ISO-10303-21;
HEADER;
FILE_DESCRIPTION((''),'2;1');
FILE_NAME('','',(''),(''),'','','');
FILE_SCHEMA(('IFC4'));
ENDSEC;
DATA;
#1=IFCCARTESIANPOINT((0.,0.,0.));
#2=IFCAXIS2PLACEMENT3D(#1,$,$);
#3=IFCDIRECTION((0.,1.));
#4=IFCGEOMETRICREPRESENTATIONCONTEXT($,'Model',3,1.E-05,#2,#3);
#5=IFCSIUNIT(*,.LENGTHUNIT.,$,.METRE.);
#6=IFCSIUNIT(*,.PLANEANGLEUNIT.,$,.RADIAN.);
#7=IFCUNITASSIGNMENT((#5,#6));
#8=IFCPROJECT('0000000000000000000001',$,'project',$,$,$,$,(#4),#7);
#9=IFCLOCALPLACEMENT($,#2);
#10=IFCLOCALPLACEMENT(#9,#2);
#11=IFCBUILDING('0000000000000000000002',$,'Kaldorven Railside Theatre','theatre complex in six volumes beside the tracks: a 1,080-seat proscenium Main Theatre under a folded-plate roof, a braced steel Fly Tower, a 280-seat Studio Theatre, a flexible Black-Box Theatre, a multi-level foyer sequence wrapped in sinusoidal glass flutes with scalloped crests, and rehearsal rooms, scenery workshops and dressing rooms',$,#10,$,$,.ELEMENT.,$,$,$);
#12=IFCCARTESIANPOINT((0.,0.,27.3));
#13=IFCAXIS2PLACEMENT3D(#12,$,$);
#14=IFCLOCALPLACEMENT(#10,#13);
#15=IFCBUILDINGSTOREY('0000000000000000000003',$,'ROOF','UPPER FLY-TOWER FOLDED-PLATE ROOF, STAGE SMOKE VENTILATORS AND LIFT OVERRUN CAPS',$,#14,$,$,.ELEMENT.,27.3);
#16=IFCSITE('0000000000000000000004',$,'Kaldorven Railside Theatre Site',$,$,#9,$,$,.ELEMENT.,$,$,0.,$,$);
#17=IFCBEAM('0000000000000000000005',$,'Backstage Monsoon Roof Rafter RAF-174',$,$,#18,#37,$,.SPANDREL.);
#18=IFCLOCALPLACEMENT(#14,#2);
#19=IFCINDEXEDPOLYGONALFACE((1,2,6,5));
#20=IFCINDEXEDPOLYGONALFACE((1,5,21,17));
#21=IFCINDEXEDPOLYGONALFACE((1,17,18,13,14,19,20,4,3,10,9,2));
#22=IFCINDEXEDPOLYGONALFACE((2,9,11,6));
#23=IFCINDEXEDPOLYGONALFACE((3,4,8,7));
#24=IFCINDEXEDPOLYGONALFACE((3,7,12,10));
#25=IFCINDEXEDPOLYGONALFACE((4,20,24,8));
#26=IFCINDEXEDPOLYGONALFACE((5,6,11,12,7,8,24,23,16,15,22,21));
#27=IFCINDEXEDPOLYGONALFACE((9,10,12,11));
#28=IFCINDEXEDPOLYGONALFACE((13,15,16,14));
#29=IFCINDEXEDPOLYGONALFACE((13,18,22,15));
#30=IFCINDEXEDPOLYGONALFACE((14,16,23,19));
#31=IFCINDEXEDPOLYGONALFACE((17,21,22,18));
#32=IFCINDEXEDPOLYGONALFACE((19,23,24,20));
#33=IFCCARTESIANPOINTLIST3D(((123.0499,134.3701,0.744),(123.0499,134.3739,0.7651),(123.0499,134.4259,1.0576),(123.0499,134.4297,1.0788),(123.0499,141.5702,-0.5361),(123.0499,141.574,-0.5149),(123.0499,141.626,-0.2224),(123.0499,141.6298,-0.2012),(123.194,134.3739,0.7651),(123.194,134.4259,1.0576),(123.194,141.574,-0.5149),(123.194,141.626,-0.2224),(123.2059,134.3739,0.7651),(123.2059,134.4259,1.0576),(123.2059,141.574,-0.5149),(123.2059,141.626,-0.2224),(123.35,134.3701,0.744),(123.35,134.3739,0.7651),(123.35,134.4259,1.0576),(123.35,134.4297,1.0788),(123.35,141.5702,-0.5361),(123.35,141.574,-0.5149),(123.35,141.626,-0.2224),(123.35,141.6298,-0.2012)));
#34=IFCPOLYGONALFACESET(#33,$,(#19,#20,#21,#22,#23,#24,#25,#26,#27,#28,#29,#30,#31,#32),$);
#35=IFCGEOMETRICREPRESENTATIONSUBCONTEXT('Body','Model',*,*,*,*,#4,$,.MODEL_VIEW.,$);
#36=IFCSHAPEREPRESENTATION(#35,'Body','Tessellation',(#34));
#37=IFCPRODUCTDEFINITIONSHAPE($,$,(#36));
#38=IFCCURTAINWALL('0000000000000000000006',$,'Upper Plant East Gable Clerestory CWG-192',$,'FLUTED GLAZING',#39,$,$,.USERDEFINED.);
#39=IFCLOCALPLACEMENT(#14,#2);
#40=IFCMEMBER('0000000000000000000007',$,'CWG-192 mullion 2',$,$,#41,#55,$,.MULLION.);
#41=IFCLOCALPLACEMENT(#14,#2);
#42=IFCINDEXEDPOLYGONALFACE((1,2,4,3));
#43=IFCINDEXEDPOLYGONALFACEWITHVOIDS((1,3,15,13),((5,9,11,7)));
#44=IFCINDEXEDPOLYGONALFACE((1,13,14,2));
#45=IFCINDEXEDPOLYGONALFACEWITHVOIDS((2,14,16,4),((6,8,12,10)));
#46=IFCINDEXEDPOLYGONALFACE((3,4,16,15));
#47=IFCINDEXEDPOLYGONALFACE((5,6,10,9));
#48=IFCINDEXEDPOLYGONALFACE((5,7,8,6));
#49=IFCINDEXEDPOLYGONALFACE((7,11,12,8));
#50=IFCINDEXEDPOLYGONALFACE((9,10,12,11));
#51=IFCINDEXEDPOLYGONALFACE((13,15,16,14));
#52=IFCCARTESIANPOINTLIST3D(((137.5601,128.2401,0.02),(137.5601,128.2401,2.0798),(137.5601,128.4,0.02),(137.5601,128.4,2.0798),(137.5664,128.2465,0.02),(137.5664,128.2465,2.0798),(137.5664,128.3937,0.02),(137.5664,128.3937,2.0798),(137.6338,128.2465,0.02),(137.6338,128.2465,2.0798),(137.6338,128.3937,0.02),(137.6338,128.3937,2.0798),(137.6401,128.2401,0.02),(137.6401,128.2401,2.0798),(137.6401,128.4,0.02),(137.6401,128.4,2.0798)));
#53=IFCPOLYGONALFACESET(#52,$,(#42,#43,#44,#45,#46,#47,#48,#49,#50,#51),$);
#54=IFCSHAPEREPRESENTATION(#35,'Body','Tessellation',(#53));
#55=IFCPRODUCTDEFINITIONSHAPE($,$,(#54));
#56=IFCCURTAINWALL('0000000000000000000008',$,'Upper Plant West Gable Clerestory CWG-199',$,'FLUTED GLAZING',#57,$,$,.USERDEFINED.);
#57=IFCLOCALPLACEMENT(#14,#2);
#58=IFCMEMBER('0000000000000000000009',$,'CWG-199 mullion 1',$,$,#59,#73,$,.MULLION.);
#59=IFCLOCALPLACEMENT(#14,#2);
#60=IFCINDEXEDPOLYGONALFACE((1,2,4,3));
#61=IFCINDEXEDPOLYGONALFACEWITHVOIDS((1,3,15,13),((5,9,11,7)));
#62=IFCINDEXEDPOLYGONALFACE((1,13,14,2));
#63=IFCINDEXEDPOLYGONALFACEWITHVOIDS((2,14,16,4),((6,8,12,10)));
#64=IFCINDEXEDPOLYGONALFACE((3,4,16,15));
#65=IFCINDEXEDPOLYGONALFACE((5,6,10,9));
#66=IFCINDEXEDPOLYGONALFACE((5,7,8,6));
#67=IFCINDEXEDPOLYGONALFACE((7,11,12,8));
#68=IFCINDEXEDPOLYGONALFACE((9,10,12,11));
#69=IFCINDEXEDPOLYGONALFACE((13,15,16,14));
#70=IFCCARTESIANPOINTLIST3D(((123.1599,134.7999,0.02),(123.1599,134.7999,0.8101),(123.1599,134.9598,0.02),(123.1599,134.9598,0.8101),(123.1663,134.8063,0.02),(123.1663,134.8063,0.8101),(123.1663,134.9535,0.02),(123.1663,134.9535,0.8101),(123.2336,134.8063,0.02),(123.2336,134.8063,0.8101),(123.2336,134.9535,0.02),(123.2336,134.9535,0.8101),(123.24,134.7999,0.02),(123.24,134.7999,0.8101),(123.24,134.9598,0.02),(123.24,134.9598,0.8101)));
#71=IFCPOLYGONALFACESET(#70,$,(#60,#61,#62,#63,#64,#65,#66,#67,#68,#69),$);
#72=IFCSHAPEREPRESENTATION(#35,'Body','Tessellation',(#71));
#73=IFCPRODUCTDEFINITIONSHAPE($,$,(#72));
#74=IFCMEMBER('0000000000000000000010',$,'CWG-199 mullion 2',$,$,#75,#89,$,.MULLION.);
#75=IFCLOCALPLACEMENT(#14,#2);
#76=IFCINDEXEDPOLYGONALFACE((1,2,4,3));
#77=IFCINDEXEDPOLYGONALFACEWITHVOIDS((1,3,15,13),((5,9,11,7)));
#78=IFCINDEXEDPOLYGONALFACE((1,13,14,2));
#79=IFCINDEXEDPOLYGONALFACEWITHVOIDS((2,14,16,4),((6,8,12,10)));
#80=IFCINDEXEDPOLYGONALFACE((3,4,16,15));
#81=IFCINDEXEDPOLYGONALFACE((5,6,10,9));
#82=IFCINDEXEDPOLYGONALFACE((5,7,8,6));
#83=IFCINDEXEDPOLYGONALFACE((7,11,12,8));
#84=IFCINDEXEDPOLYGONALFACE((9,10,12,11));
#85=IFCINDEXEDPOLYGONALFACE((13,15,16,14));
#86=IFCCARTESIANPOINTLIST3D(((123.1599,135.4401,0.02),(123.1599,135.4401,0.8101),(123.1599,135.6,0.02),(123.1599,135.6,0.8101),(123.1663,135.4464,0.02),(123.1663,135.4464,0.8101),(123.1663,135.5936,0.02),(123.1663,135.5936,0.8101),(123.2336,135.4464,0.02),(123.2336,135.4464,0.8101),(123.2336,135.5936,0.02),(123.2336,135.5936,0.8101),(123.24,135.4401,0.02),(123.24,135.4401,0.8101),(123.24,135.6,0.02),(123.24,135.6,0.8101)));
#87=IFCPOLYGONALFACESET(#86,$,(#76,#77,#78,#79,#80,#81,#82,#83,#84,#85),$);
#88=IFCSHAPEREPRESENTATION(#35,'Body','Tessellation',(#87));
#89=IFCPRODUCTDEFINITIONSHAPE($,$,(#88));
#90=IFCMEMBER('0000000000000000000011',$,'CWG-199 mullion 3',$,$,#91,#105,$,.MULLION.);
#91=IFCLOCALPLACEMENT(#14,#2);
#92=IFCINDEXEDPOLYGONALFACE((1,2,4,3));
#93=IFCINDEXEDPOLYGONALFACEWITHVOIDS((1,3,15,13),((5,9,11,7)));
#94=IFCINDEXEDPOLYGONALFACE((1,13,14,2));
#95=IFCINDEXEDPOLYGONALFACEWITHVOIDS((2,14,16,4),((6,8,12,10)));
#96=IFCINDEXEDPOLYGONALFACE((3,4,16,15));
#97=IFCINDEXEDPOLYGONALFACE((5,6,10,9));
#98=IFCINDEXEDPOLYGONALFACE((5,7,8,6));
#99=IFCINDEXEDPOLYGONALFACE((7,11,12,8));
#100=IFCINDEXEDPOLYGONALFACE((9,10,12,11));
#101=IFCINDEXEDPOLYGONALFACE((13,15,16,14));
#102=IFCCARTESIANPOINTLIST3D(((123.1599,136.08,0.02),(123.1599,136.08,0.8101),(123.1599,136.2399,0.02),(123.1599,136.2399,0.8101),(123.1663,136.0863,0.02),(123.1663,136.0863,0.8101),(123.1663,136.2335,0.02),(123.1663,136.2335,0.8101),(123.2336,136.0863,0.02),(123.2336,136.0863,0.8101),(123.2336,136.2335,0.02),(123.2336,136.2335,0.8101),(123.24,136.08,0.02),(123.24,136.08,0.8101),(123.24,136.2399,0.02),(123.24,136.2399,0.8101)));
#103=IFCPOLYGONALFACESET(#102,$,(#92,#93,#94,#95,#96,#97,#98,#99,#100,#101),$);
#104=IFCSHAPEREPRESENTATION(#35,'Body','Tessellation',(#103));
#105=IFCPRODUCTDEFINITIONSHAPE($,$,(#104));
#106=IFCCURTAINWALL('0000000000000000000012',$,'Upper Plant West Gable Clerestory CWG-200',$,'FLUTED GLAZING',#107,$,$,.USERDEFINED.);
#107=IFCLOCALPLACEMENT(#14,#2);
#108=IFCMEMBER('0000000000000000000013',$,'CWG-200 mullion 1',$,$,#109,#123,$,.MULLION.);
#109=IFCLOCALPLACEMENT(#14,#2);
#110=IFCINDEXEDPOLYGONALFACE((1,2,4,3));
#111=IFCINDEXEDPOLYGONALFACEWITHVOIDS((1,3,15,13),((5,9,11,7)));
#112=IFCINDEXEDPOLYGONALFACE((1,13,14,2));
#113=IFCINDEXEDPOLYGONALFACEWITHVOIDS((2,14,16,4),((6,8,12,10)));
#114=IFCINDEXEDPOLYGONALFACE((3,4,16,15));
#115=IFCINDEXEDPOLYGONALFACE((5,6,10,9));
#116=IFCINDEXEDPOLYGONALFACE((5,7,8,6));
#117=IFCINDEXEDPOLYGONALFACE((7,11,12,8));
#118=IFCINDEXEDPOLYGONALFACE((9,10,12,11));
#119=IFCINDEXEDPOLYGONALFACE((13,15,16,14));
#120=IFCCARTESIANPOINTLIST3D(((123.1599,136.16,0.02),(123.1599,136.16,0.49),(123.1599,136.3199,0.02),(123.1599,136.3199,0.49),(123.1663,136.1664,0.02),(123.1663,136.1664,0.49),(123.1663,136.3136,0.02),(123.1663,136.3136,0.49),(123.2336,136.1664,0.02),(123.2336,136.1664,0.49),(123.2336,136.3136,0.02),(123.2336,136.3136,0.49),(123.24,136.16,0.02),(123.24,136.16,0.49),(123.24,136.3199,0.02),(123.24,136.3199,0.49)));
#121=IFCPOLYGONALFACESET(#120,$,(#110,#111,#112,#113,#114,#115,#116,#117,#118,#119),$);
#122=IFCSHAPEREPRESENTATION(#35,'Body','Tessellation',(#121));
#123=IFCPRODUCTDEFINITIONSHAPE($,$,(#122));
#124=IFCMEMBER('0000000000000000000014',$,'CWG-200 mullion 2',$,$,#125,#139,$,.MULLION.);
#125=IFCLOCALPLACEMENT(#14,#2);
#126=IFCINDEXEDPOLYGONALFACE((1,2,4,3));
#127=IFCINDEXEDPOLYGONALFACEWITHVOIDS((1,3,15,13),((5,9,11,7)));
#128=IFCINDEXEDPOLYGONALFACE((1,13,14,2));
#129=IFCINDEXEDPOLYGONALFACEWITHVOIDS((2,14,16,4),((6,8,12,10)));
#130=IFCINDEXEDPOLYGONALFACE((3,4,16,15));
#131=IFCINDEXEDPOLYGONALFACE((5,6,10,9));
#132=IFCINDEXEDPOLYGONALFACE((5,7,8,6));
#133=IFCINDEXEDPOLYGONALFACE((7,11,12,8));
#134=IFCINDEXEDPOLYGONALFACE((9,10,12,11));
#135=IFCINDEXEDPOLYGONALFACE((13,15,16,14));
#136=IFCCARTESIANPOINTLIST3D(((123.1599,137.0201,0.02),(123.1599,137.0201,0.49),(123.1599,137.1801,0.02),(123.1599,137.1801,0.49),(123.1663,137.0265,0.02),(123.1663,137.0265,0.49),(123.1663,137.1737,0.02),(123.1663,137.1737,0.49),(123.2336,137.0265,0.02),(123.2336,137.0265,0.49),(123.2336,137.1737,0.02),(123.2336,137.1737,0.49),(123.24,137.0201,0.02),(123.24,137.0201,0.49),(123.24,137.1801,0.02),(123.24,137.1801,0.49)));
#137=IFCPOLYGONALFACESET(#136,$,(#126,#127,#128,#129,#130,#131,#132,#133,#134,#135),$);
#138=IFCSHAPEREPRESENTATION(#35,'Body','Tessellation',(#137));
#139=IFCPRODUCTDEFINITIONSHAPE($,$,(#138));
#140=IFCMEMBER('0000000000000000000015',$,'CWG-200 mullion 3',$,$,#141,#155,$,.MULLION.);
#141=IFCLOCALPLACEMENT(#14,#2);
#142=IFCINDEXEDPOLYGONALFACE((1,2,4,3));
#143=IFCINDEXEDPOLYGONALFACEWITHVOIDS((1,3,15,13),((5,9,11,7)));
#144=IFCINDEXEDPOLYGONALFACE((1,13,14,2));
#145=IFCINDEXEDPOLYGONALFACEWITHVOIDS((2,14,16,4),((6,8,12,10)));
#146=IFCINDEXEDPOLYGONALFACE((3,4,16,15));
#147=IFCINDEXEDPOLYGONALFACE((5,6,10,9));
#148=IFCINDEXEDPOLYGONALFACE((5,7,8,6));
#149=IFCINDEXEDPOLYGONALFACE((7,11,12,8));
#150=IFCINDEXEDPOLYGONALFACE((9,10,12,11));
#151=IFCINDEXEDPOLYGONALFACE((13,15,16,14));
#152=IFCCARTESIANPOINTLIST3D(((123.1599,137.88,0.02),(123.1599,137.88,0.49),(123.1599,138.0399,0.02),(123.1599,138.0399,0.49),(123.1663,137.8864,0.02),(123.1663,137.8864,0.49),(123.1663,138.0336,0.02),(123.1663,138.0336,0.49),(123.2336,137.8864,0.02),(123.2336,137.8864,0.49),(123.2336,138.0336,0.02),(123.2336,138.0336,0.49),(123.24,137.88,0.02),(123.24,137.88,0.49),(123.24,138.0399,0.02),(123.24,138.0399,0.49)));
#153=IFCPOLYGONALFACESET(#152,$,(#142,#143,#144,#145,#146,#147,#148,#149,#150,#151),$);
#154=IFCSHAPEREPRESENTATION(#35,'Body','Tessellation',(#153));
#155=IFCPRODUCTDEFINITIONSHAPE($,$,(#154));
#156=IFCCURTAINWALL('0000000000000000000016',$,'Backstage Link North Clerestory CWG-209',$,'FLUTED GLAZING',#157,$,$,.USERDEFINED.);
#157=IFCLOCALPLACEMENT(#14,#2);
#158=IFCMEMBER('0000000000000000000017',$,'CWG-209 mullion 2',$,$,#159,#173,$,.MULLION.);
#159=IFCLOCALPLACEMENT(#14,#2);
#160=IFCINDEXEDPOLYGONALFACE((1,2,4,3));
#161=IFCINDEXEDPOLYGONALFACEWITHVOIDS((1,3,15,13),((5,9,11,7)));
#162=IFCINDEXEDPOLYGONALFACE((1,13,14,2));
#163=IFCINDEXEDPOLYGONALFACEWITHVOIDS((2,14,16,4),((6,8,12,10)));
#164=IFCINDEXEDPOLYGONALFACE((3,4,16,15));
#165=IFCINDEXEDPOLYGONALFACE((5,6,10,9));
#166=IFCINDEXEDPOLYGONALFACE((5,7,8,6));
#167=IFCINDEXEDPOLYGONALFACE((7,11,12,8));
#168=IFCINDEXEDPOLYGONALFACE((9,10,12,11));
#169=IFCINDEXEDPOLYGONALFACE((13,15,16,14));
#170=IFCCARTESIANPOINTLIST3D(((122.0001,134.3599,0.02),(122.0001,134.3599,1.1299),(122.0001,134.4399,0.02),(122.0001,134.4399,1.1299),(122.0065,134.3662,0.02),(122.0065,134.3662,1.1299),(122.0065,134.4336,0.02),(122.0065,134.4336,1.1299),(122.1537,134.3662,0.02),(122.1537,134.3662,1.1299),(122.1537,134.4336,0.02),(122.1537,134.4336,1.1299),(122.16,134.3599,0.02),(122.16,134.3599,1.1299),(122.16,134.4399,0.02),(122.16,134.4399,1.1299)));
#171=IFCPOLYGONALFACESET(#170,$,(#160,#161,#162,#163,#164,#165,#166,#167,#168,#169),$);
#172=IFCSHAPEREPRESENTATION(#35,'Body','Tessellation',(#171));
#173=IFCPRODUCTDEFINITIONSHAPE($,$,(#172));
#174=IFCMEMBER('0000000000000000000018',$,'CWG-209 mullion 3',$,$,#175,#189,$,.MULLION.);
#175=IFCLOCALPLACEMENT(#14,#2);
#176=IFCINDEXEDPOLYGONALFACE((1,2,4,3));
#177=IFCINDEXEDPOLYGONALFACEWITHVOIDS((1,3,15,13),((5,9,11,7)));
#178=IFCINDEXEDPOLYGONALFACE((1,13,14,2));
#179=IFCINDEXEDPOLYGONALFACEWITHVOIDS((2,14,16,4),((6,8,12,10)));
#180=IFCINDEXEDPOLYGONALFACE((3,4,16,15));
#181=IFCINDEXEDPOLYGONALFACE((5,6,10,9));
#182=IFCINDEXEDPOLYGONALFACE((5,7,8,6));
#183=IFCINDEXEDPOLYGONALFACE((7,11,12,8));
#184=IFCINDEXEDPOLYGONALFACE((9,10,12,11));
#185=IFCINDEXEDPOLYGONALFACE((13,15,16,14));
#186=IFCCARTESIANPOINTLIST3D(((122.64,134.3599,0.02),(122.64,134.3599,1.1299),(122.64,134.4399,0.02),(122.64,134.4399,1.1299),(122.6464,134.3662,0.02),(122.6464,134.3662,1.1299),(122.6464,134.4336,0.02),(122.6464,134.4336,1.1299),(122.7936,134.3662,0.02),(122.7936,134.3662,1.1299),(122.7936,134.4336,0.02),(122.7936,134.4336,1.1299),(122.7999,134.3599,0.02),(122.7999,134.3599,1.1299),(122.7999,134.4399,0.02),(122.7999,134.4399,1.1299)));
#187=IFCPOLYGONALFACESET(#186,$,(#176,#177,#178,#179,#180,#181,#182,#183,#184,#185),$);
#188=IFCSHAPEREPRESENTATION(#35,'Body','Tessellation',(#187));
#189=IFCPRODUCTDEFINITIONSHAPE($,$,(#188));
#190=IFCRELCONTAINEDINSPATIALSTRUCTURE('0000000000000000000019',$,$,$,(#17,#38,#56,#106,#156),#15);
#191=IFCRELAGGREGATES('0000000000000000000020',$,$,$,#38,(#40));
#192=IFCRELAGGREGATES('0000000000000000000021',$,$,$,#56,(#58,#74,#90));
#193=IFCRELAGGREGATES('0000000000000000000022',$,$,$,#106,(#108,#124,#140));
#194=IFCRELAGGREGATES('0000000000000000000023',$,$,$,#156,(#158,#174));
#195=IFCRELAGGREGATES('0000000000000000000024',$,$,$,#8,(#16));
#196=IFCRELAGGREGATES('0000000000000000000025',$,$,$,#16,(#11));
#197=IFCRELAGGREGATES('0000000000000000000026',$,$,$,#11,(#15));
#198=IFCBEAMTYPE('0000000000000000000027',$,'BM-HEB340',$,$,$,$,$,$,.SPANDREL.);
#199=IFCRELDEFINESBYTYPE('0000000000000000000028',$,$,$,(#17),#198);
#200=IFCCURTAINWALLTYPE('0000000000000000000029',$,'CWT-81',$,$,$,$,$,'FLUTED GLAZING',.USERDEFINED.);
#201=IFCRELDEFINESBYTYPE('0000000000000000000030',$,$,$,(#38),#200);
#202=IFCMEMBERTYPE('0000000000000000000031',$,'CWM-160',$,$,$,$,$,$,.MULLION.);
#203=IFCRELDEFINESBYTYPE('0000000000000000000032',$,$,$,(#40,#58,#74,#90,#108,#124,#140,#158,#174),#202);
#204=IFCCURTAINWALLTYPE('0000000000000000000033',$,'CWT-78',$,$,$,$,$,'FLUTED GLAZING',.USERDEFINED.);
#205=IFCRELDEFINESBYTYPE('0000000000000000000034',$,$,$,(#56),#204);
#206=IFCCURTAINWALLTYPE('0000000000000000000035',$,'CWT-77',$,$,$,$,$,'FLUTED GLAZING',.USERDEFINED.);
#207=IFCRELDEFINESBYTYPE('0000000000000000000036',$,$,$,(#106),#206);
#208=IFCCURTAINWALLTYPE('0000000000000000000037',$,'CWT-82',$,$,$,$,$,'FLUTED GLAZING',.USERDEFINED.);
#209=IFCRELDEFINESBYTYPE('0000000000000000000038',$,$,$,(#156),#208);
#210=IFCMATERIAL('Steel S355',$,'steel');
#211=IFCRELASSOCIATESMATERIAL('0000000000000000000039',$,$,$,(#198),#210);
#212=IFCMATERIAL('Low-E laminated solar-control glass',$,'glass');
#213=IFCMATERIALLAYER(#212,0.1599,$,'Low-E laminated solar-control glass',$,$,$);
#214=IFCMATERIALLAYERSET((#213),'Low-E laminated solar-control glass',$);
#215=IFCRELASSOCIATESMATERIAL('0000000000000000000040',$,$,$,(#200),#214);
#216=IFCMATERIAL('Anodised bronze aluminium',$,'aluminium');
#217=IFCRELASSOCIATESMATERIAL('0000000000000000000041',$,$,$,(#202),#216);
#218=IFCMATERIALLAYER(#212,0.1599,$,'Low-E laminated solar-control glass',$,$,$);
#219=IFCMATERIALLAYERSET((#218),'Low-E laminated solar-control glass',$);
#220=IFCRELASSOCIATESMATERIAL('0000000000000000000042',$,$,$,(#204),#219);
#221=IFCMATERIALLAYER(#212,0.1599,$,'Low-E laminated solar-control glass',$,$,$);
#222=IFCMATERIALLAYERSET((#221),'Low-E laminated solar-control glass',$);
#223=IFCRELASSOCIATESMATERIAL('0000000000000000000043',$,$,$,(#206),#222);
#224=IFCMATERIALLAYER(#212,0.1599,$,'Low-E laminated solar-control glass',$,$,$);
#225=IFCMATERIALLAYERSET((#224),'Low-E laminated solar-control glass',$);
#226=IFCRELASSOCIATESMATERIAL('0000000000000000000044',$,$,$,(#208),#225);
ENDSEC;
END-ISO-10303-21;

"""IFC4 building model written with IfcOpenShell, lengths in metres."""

from ifc_helpers import new_model, si_unit, direction, frame, origin, origin_2d, place, context, subcontext, project, spatial, hollow_rectangle, i_section, extrude, material, layer, layer_set, material_profile, profile_set, type_object, element, aggregate, save


model = new_model("IFC4")

# Units and contexts
model_context = context("Model", 3, precision=1e-05, world=origin(), true_north=direction((0.0, 1.0)))
body_context = subcontext(model_context, "Body", "Model", "MODEL_VIEW")
ifc_project = project(units=[si_unit("LENGTHUNIT", "METRE"), si_unit("PLANEANGLEUNIT", "RADIAN")], contexts=[model_context])

# Site, building, storey
site_placement = place(None, origin())
site = spatial("IfcSite", under=ifc_project, at=site_placement, Name="Kaldorven Railside Theatre Site", CompositionType="ELEMENT", RefElevation=0.0)
building_placement = place(site_placement, origin())
building = spatial("IfcBuilding", under=site, at=building_placement, Name="Kaldorven Railside Theatre", Description="theatre complex in six volumes beside the tracks: a 1,080-seat proscenium Main Theatre under a folded-plate roof, a braced steel Fly Tower, a 280-seat Studio Theatre, a flexible Black-Box Theatre, a multi-level foyer sequence wrapped in sinusoidal glass flutes with scalloped crests, and rehearsal rooms, scenery workshops and dressing rooms", CompositionType="ELEMENT")
storey_placement = place(building_placement, frame((0.0, 0.0, 27.3)))
storey = spatial("IfcBuildingStorey", under=building, at=storey_placement, Name="ROOF", Description="UPPER FLY-TOWER FOLDED-PLATE ROOF, STAGE SMOKE VENTILATORS AND LIFT OVERRUN CAPS", CompositionType="ELEMENT", Elevation=27.3)

# Beam
ifc_material_1 = material(Name="Steel S355", Category="steel")
ifc_material_profile_1 = material_profile(ifc_material_1, i_section(OverallWidth=0.3, OverallDepth=0.3401, WebThickness=0.012, FlangeThickness=0.0215, at=origin_2d()), Name="HEB 340")
ifc_profile_set_1 = profile_set([ifc_material_profile_1], Name="Steel S355")
beam_type = type_object("IfcBeamType", Name="BM-HEB340", PredefinedType="SPANDREL", material=ifc_profile_set_1)
beam_placement = place(storey_placement, frame((123.2, 134.3999, 0.9114), z_axis=(0.0, 0.984563, -0.175033), x_axis=(-1.0, 0.0, 0.0)))
element("IfcBeam", 1, at=beam_placement, inside=storey, type_object=beam_type, Name="Backstage Monsoon Roof Rafter RAF-174", PredefinedType="SPANDREL", context=body_context, shape_type="SweptSolid", body=[
    extrude(i_section(OverallWidth=0.3, OverallDepth=0.3401, WebThickness=0.012, FlangeThickness=0.0215, at=origin_2d()), origin(), (0.0, 0.0, 1.0), 7.313),
])

# Curtain wall, member
ifc_material_2 = material(Name="Low-E laminated solar-control glass", Category="glass")
ifc_layer_1 = layer(ifc_material_2, 0.1599, Name="Low-E laminated solar-control glass")
ifc_layer_set_1 = layer_set([ifc_layer_1], Name="Low-E laminated solar-control glass")
curtain_wall_type_1 = type_object("IfcCurtainWallType", Name="CWT-81", ElementType="FLUTED GLAZING", PredefinedType="USERDEFINED", material=ifc_layer_set_1)
curtain_wall_1_placement = place(storey_placement, origin())
curtain_wall_1 = element("IfcCurtainWall", 2, at=curtain_wall_1_placement, inside=storey, type_object=curtain_wall_type_1, Name="Upper Plant East Gable Clerestory CWG-192", ObjectType="FLUTED GLAZING", PredefinedType="USERDEFINED")
ifc_material_3 = material(Name="Anodised bronze aluminium", Category="aluminium")
ifc_material_profile_2 = material_profile(ifc_material_3, hollow_rectangle(XDim=0.0801, YDim=0.1599, WallThickness=0.0063, at=origin_2d()), Name="RHS 160x80x6.3")
ifc_profile_set_2 = profile_set([ifc_material_profile_2], Name="Anodised bronze aluminium")
member_type_1 = type_object("IfcMemberType", Name="CWM-160", PredefinedType="MULLION", material=ifc_profile_set_2)
member_1_placement = place(storey_placement, frame((137.6001, 128.3201, 0.02), z_axis=(0.0, 0.0, 1.0), x_axis=(-1.0, 0.0, 0.0)))
member_1 = element("IfcMember", 3, at=member_1_placement, type_object=member_type_1, Name="CWG-192 mullion 2", PredefinedType="MULLION", context=body_context, shape_type="SweptSolid", body=[
    extrude(hollow_rectangle(XDim=0.0801, YDim=0.1599, WallThickness=0.0063, at=origin_2d()), origin(), (0.0, 0.0, 1.0), 2.0598),
])

# Curtain walls, members
ifc_layer_2 = layer(ifc_material_2, 0.1599, Name="Low-E laminated solar-control glass")
ifc_layer_set_2 = layer_set([ifc_layer_2], Name="Low-E laminated solar-control glass")
curtain_wall_type_2 = type_object("IfcCurtainWallType", Name="CWT-78", ElementType="FLUTED GLAZING", PredefinedType="USERDEFINED", material=ifc_layer_set_2)
curtain_wall_2_placement = place(storey_placement, origin())
curtain_wall_2 = element("IfcCurtainWall", 4, at=curtain_wall_2_placement, inside=storey, type_object=curtain_wall_type_2, Name="Upper Plant West Gable Clerestory CWG-199", ObjectType="FLUTED GLAZING", PredefinedType="USERDEFINED")
member_2_placement = place(storey_placement, frame((123.2, 134.8799, 0.02), z_axis=(0.0, 0.0, 1.0), x_axis=(-1.0, 0.0, 0.0)))
member_2 = element("IfcMember", 5, at=member_2_placement, type_object=member_type_1, Name="CWG-199 mullion 1", PredefinedType="MULLION", context=body_context, shape_type="SweptSolid", body=[
    extrude(hollow_rectangle(XDim=0.0801, YDim=0.1599, WallThickness=0.0063, at=origin_2d()), origin(), (0.0, 0.0, 1.0), 0.79),
])
member_3_placement = place(storey_placement, frame((123.2, 135.52, 0.02), z_axis=(0.0, 0.0, 1.0), x_axis=(-1.0, 0.0, 0.0)))
member_3 = element("IfcMember", 6, at=member_3_placement, type_object=member_type_1, Name="CWG-199 mullion 2", PredefinedType="MULLION", context=body_context, shape_type="SweptSolid", body=[
    extrude(hollow_rectangle(XDim=0.0801, YDim=0.1599, WallThickness=0.0063, at=origin_2d()), origin(), (0.0, 0.0, 1.0), 0.79),
])
member_4_placement = place(storey_placement, frame((123.2, 136.1599, 0.02), z_axis=(0.0, 0.0, 1.0), x_axis=(-1.0, 0.0, 0.0)))
member_4 = element("IfcMember", 7, at=member_4_placement, type_object=member_type_1, Name="CWG-199 mullion 3", PredefinedType="MULLION", context=body_context, shape_type="SweptSolid", body=[
    extrude(hollow_rectangle(XDim=0.0801, YDim=0.1599, WallThickness=0.0063, at=origin_2d()), origin(), (0.0, 0.0, 1.0), 0.79),
])
ifc_layer_3 = layer(ifc_material_2, 0.1599, Name="Low-E laminated solar-control glass")
ifc_layer_set_3 = layer_set([ifc_layer_3], Name="Low-E laminated solar-control glass")
curtain_wall_type_3 = type_object("IfcCurtainWallType", Name="CWT-77", ElementType="FLUTED GLAZING", PredefinedType="USERDEFINED", material=ifc_layer_set_3)
curtain_wall_3_placement = place(storey_placement, origin())
curtain_wall_3 = element("IfcCurtainWall", 8, at=curtain_wall_3_placement, inside=storey, type_object=curtain_wall_type_3, Name="Upper Plant West Gable Clerestory CWG-200", ObjectType="FLUTED GLAZING", PredefinedType="USERDEFINED")
member_5_placement = place(storey_placement, frame((123.2, 136.24, 0.02), z_axis=(0.0, 0.0, 1.0), x_axis=(-1.0, 0.0, 0.0)))
member_5 = element("IfcMember", 9, at=member_5_placement, type_object=member_type_1, Name="CWG-200 mullion 1", PredefinedType="MULLION", context=body_context, shape_type="SweptSolid", body=[
    extrude(hollow_rectangle(XDim=0.0801, YDim=0.1599, WallThickness=0.0063, at=origin_2d()), origin(), (0.0, 0.0, 1.0), 0.47),
])
member_6_placement = place(storey_placement, frame((123.2, 137.1001, 0.02), z_axis=(0.0, 0.0, 1.0), x_axis=(-1.0, 0.0, 0.0)))
member_6 = element("IfcMember", 10, at=member_6_placement, type_object=member_type_1, Name="CWG-200 mullion 2", PredefinedType="MULLION", context=body_context, shape_type="SweptSolid", body=[
    extrude(hollow_rectangle(XDim=0.0801, YDim=0.1599, WallThickness=0.0063, at=origin_2d()), origin(), (0.0, 0.0, 1.0), 0.47),
])
member_7_placement = place(storey_placement, frame((123.2, 137.96, 0.02), z_axis=(0.0, 0.0, 1.0), x_axis=(-1.0, 0.0, 0.0)))
member_7 = element("IfcMember", 11, at=member_7_placement, type_object=member_type_1, Name="CWG-200 mullion 3", PredefinedType="MULLION", context=body_context, shape_type="SweptSolid", body=[
    extrude(hollow_rectangle(XDim=0.0801, YDim=0.1599, WallThickness=0.0063, at=origin_2d()), origin(), (0.0, 0.0, 1.0), 0.47),
])
ifc_layer_4 = layer(ifc_material_2, 0.1599, Name="Low-E laminated solar-control glass")
ifc_layer_set_4 = layer_set([ifc_layer_4], Name="Low-E laminated solar-control glass")
curtain_wall_type_4 = type_object("IfcCurtainWallType", Name="CWT-82", ElementType="FLUTED GLAZING", PredefinedType="USERDEFINED", material=ifc_layer_set_4)
curtain_wall_4_placement = place(storey_placement, origin())
curtain_wall_4 = element("IfcCurtainWall", 12, at=curtain_wall_4_placement, inside=storey, type_object=curtain_wall_type_4, Name="Backstage Link North Clerestory CWG-209", ObjectType="FLUTED GLAZING", PredefinedType="USERDEFINED")
member_8_placement = place(storey_placement, frame((122.0801, 134.3999, 0.02), z_axis=(0.0, 0.0, 1.0), x_axis=(0.0, 1.0, 0.0)))
member_8 = element("IfcMember", 13, at=member_8_placement, type_object=member_type_1, Name="CWG-209 mullion 2", PredefinedType="MULLION", context=body_context, shape_type="SweptSolid", body=[
    extrude(hollow_rectangle(XDim=0.0801, YDim=0.1599, WallThickness=0.0063, at=origin_2d()), origin(), (0.0, 0.0, 1.0), 1.1099),
])
member_9_placement = place(storey_placement, frame((122.72, 134.3999, 0.02), z_axis=(0.0, 0.0, 1.0), x_axis=(0.0, 1.0, 0.0)))
member_9 = element("IfcMember", 14, at=member_9_placement, type_object=member_type_1, Name="CWG-209 mullion 3", PredefinedType="MULLION", context=body_context, shape_type="SweptSolid", body=[
    extrude(hollow_rectangle(XDim=0.0801, YDim=0.1599, WallThickness=0.0063, at=origin_2d()), origin(), (0.0, 0.0, 1.0), 1.1099),
])

aggregate(curtain_wall_1, [member_1])
aggregate(curtain_wall_2, [member_2, member_3, member_4])
aggregate(curtain_wall_3, [member_5, member_6, member_7])
aggregate(curtain_wall_4, [member_8, member_9])

save(model, "model.ifc")
